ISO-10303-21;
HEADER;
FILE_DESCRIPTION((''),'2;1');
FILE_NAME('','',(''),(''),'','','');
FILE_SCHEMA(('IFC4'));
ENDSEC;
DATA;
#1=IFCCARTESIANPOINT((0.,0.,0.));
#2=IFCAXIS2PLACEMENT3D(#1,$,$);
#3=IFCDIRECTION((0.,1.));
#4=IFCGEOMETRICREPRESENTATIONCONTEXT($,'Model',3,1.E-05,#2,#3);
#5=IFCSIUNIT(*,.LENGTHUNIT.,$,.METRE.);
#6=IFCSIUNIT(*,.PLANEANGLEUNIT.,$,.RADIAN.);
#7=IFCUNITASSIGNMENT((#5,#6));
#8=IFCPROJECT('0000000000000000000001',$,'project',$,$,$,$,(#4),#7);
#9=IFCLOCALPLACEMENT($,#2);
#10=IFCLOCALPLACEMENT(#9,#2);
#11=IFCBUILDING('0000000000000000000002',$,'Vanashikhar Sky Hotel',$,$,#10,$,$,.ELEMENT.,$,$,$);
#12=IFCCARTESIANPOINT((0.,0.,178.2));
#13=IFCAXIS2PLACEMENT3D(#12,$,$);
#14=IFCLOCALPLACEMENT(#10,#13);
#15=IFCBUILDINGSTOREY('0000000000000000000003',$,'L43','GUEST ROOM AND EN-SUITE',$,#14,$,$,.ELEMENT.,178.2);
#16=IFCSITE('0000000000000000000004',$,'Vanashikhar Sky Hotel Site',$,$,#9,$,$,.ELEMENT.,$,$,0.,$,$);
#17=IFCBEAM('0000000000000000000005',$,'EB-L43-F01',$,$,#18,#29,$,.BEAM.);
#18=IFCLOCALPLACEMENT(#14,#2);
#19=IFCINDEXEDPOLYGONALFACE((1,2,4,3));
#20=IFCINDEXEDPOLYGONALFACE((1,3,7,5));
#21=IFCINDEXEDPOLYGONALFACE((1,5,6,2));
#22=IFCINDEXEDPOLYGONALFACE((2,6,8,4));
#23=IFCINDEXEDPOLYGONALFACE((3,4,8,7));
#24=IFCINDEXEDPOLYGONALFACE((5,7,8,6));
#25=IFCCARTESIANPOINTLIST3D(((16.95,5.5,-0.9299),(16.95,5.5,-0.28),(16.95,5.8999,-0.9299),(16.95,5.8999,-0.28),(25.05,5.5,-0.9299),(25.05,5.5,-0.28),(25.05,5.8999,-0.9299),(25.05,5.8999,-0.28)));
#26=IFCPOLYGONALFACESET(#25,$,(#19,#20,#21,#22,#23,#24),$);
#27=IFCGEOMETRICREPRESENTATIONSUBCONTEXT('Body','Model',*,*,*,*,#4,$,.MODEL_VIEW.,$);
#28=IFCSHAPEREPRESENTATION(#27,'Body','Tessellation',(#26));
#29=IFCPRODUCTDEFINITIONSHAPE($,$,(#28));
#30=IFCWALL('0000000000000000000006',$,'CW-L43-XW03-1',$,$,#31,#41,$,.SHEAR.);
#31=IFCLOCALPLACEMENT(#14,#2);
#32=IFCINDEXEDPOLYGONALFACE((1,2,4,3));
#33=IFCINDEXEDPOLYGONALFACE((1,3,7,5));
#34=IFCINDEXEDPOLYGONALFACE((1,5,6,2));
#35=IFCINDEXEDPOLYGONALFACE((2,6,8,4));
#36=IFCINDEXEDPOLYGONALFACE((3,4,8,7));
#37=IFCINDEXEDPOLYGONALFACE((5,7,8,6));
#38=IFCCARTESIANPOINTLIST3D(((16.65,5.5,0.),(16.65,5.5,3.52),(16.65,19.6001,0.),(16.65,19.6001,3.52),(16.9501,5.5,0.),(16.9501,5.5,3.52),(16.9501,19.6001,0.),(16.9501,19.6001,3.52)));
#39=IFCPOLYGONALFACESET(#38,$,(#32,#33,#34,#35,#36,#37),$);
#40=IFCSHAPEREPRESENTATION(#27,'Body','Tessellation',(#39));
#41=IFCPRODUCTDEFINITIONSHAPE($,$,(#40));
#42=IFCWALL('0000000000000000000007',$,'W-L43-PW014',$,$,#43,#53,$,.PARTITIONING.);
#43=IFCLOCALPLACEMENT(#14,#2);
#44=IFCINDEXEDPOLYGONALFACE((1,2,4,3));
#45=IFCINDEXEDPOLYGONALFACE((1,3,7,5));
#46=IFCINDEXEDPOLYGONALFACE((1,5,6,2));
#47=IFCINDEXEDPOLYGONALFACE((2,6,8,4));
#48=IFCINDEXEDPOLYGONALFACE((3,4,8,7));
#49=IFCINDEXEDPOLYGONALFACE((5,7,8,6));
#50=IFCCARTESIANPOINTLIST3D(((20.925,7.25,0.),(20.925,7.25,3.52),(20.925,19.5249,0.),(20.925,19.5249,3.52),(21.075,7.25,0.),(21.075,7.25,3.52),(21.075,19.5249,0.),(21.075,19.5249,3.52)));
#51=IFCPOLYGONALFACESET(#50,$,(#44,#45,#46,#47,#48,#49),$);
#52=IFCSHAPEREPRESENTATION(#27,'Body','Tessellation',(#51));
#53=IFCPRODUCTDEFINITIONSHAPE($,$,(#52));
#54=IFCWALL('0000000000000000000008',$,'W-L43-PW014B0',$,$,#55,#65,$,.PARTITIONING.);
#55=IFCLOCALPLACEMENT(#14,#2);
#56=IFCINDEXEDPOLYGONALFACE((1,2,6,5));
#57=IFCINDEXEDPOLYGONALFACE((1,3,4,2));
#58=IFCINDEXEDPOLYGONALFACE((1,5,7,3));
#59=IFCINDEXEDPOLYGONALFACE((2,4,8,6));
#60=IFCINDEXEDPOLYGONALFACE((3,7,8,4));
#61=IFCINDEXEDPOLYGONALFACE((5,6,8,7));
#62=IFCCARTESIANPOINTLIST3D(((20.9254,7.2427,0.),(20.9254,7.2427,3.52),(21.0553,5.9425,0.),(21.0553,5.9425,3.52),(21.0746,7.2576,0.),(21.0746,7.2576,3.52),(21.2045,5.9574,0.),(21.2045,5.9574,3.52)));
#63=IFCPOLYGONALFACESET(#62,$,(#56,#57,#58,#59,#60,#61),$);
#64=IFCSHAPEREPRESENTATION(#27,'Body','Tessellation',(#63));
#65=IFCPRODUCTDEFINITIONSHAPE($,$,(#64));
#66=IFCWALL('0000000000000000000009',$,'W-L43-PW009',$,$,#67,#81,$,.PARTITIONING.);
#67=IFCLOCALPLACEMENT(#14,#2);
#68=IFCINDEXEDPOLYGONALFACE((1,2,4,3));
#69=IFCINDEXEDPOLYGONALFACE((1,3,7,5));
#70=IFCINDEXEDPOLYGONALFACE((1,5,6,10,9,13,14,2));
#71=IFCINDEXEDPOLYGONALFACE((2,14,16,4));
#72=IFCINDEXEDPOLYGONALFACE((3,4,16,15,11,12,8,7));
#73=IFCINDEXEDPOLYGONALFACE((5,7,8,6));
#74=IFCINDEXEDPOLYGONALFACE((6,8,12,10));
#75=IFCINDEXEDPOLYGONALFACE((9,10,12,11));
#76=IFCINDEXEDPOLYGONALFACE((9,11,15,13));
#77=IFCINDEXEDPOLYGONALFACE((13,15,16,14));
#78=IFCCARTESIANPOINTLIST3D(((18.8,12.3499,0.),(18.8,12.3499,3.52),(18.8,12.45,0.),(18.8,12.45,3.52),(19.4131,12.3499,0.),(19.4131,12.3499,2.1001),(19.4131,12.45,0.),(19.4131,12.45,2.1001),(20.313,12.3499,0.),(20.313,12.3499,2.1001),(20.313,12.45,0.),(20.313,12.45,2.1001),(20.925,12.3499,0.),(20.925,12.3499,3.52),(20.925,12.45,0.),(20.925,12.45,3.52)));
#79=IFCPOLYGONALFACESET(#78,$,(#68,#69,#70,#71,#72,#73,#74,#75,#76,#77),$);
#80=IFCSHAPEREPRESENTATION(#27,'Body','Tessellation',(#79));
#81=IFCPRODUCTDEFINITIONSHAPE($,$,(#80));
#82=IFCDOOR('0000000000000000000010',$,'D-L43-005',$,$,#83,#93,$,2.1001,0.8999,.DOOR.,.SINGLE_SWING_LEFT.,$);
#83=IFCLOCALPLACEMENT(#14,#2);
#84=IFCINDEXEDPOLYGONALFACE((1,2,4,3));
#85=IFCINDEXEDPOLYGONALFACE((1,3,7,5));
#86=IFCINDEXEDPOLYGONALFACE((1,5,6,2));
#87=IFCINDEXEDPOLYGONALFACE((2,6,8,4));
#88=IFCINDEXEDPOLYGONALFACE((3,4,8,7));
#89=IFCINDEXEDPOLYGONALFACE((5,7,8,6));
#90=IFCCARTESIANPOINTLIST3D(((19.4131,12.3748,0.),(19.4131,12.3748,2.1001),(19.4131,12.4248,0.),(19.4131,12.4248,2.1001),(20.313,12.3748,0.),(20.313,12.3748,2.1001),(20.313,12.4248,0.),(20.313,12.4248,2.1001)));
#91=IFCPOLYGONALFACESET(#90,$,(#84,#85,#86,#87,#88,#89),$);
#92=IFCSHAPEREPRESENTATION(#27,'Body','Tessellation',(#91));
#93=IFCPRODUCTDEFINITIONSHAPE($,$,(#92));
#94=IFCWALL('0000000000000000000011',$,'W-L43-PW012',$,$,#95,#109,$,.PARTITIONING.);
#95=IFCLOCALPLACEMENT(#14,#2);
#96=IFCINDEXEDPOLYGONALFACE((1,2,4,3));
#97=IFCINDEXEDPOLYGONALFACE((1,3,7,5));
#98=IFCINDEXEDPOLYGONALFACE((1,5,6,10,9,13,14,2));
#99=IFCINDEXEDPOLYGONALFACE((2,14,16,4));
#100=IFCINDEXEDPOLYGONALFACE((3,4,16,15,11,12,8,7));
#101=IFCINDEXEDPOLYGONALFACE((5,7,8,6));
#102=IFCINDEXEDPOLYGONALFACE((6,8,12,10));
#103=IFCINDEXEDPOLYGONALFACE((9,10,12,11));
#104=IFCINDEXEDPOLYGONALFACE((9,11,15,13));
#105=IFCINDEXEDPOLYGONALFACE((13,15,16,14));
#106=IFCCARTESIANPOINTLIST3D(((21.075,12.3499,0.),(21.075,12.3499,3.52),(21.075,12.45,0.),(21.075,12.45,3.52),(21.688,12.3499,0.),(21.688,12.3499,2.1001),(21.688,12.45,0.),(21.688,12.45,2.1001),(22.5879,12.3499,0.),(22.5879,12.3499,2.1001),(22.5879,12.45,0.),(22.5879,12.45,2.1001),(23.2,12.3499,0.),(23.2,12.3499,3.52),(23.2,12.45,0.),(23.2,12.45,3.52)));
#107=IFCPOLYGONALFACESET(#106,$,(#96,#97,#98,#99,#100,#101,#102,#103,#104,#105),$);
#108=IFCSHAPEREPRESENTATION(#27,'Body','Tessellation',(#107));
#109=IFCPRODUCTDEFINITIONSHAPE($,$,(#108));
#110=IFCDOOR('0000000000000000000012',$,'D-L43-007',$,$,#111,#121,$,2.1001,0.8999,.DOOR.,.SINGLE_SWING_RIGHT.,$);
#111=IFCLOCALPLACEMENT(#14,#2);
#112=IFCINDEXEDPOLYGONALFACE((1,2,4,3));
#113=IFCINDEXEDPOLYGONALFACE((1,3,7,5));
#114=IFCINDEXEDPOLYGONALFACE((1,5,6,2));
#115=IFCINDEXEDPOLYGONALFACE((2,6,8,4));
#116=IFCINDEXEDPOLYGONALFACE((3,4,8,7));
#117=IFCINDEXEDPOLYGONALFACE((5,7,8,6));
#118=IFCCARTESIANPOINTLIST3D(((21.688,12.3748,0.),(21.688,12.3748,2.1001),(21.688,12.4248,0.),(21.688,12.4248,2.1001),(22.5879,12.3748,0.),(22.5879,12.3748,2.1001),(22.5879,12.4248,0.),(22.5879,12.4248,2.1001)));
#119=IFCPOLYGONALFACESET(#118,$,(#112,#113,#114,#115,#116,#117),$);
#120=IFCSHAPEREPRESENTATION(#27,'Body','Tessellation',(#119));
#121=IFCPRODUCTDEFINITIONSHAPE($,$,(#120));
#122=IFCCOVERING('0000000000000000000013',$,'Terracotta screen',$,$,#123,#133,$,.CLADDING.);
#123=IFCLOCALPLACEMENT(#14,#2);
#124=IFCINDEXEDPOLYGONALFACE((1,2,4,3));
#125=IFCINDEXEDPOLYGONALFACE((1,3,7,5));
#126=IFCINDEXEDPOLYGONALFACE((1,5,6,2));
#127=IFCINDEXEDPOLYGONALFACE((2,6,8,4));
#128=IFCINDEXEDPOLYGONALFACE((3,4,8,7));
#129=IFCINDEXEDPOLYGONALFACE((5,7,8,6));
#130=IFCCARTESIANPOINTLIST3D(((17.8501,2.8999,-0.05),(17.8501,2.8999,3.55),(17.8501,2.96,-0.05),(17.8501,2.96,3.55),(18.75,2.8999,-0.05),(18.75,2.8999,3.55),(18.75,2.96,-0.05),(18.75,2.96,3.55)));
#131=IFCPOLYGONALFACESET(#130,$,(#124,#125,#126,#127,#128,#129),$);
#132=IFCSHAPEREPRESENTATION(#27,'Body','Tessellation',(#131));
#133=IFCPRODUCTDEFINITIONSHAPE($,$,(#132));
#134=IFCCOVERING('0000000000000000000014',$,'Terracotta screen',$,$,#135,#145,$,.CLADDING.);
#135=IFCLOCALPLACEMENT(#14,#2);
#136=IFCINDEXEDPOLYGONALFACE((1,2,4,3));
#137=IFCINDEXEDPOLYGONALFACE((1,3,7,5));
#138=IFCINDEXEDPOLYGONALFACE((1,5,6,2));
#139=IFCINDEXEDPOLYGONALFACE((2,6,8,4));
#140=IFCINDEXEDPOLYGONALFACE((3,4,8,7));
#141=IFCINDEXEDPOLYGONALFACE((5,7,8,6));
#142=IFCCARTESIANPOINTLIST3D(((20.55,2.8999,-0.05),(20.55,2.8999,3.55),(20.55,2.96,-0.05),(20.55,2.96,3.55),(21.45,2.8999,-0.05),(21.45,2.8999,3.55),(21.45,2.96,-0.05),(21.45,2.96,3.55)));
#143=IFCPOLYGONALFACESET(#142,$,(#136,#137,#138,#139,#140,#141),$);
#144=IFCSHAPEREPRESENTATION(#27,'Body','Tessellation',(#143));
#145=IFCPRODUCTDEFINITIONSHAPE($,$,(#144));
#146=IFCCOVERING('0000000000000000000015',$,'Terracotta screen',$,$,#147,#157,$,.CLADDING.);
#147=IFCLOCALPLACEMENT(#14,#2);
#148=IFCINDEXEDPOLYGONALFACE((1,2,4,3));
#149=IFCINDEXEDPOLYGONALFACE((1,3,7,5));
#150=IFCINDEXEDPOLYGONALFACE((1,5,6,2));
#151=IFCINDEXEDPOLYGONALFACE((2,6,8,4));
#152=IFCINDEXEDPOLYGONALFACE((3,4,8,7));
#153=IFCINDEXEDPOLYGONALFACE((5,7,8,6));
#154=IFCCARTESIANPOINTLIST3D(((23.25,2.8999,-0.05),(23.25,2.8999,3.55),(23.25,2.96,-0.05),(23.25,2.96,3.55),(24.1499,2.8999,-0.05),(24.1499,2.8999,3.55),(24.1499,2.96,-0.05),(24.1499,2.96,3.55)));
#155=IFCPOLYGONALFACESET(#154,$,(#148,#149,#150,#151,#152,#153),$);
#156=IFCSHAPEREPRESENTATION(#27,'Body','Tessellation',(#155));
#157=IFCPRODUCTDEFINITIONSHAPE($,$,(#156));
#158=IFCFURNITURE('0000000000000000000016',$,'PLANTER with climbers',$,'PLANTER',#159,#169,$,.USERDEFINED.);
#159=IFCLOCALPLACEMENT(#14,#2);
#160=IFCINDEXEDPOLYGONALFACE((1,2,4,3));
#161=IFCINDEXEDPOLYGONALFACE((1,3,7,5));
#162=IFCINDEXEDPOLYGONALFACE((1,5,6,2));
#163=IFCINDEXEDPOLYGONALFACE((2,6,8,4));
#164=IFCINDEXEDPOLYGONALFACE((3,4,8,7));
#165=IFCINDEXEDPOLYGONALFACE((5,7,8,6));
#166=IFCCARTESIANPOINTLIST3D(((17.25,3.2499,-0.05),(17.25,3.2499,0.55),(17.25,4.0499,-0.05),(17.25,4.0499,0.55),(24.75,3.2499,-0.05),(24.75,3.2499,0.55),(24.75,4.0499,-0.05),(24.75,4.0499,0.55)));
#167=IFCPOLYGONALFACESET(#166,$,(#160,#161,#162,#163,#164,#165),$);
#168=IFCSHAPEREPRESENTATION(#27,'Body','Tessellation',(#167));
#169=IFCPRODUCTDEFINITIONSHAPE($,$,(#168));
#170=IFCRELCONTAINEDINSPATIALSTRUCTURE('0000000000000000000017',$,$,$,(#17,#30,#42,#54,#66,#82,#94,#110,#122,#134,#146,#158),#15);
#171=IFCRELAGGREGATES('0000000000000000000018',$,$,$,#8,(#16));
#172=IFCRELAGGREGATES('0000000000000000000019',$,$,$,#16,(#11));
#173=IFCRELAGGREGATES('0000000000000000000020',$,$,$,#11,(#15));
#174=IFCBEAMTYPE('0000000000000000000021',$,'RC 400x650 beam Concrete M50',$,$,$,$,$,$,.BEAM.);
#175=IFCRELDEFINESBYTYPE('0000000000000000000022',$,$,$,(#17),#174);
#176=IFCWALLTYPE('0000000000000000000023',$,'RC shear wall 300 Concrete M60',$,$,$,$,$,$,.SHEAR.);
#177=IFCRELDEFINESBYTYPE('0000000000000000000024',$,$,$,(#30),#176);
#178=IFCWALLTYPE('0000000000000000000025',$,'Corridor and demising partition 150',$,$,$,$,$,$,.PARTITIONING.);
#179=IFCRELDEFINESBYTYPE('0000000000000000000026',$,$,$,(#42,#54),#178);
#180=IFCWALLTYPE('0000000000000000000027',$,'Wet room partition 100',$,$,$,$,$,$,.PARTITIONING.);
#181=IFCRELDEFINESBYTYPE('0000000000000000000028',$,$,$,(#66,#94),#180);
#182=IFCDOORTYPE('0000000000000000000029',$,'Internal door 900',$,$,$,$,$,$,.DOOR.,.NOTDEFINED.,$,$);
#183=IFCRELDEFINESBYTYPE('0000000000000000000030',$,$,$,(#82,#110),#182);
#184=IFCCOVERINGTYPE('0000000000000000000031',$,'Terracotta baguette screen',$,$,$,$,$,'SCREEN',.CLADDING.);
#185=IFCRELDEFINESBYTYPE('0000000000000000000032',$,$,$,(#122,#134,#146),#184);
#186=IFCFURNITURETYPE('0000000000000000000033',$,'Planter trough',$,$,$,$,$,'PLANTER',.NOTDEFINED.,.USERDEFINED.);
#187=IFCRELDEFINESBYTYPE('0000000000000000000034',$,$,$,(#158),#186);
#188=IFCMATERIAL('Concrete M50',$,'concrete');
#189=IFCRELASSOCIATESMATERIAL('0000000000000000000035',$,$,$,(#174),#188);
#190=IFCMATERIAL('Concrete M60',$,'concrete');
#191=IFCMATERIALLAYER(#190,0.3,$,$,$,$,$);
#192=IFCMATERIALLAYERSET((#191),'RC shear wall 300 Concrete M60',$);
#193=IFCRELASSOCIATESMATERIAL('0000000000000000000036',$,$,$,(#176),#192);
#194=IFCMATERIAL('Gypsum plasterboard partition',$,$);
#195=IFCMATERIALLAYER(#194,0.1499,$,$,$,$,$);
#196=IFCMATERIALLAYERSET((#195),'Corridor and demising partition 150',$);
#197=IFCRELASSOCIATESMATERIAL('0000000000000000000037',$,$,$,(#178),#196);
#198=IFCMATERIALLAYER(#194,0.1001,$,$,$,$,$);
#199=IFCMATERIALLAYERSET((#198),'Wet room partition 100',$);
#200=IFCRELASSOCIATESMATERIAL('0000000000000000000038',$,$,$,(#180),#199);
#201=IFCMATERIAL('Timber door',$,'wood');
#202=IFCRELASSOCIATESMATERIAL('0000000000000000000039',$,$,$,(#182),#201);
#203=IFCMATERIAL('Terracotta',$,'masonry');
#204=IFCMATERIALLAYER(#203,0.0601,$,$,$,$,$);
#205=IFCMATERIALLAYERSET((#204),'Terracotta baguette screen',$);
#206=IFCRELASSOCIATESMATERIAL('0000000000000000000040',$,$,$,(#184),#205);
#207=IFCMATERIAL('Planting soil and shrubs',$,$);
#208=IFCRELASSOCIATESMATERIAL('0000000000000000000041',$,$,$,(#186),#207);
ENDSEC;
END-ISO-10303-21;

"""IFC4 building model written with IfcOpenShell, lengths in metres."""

from ifc_helpers import new_model, si_unit, direction, frame, frame_2d, origin, origin_2d, place, context, subcontext, project, spatial, rectangle, extrude, source, transform, mapped, material, layer, layer_set, material_profile, profile_set, type_object, element, fill, save


model = new_model("IFC4")

# Units and contexts
model_context = context("Model", 3, precision=1e-05, world=origin(), true_north=direction((0.0, 1.0)))
body_context = subcontext(model_context, "Body", "Model", "MODEL_VIEW")
ifc_project = project(units=[si_unit("LENGTHUNIT", "METRE"), si_unit("PLANEANGLEUNIT", "RADIAN")], contexts=[model_context])

# Site, building, storey
site_placement = place(None, origin())
site = spatial("IfcSite", under=ifc_project, at=site_placement, Name="Vanashikhar Sky Hotel Site", CompositionType="ELEMENT", RefElevation=0.0)
building_placement = place(site_placement, origin())
building = spatial("IfcBuilding", under=site, at=building_placement, Name="Vanashikhar Sky Hotel", CompositionType="ELEMENT")
storey_placement = place(building_placement, frame((0.0, 0.0, 178.2)))
storey = spatial("IfcBuildingStorey", under=building, at=storey_placement, Name="L43", Description="GUEST ROOM AND EN-SUITE", CompositionType="ELEMENT", Elevation=178.2)

# Beam
ifc_material_1 = material(Name="Concrete M50", Category="concrete")
ifc_material_profile = material_profile(ifc_material_1, rectangle(XDim=0.3999, YDim=0.6499, at=origin_2d()))
ifc_profile_set = profile_set([ifc_material_profile], Name="RC 400x650 beam Concrete M50")
beam_type = type_object("IfcBeamType", Name="RC 400x650 beam Concrete M50", PredefinedType="BEAM", material=ifc_profile_set)
shared_shape_1 = source(origin(), body_context, "Body", "SweptSolid", [
    extrude(rectangle(XDim=0.3999, YDim=0.6499, at=origin_2d()), origin(), (0.0, 0.0, 1.0), 8.1001),
])
beam_placement = place(storey_placement, frame((16.95, 5.7, -0.605), z_axis=(1.0, 0.0, 0.0), x_axis=(0.0, 1.0, 0.0)))
element("IfcBeam", 1, at=beam_placement, inside=storey, type_object=beam_type, Name="EB-L43-F01", PredefinedType="BEAM", context=body_context, shape_type="MappedRepresentation", body=[
    mapped(shared_shape_1, transform((0.0, 0.0, 0.0), scale=1.0)),
])

# Wall
ifc_material_2 = material(Name="Concrete M60", Category="concrete")
ifc_layer_1 = layer(ifc_material_2, 0.3)
ifc_layer_set_1 = layer_set([ifc_layer_1], Name="RC shear wall 300 Concrete M60")
wall_type_1 = type_object("IfcWallType", Name="RC shear wall 300 Concrete M60", PredefinedType="SHEAR", material=ifc_layer_set_1)
shared_shape_2 = source(origin(), body_context, "Body", "SweptSolid", [
    extrude(rectangle(XDim=14.1001, YDim=0.3, at=frame_2d((7.05, 0.0))), origin(), (0.0, 0.0, 1.0), 3.52),
])
wall_1_placement = place(storey_placement, frame((16.8, 5.5, 0.0), z_axis=(0.0, 0.0, 1.0), x_axis=(0.0, 1.0, 0.0)))
element("IfcWall", 2, at=wall_1_placement, inside=storey, type_object=wall_type_1, Name="CW-L43-XW03-1", PredefinedType="SHEAR", context=body_context, shape_type="MappedRepresentation", body=[
    mapped(shared_shape_2, transform((0.0, 0.0, 0.0), scale=1.0)),
])

# Walls
ifc_material_3 = material(Name="Gypsum plasterboard partition")
ifc_layer_2 = layer(ifc_material_3, 0.1499)
ifc_layer_set_2 = layer_set([ifc_layer_2], Name="Corridor and demising partition 150")
wall_type_2 = type_object("IfcWallType", Name="Corridor and demising partition 150", PredefinedType="PARTITIONING", material=ifc_layer_set_2)
shared_shape_3 = source(origin(), body_context, "Body", "SweptSolid", [
    extrude(rectangle(XDim=12.2749, YDim=0.1499, at=frame_2d((6.1375, 0.0))), origin(), (0.0, 0.0, 1.0), 3.52),
])
wall_2_placement = place(storey_placement, frame((21.0, 7.25, 0.0), z_axis=(0.0, 0.0, 1.0), x_axis=(0.0, 1.0, 0.0)))
element("IfcWall", 3, at=wall_2_placement, inside=storey, type_object=wall_type_2, Name="W-L43-PW014", PredefinedType="PARTITIONING", context=body_context, shape_type="MappedRepresentation", body=[
    mapped(shared_shape_3, transform((0.0, 0.0, 0.0), scale=1.0)),
])
shared_shape_4 = source(origin(), body_context, "Body", "SweptSolid", [
    extrude(rectangle(XDim=1.3066, YDim=0.1499, at=frame_2d((0.6533, 0.0))), origin(), (0.0, 0.0, 1.0), 3.52),
])
wall_3_placement = place(storey_placement, frame((21.1299, 5.95, 0.0), z_axis=(0.0, 0.0, 1.0), x_axis=(-0.099411, 0.995046, 0.0)))
element("IfcWall", 4, at=wall_3_placement, inside=storey, type_object=wall_type_2, Name="W-L43-PW014B0", PredefinedType="PARTITIONING", context=body_context, shape_type="MappedRepresentation", body=[
    mapped(shared_shape_4, transform((0.0, 0.0, 0.0), scale=1.0)),
])

# Walls, openings, doors
ifc_layer_3 = layer(ifc_material_3, 0.1001)
ifc_layer_set_3 = layer_set([ifc_layer_3], Name="Wet room partition 100")
wall_type_3 = type_object("IfcWallType", Name="Wet room partition 100", PredefinedType="PARTITIONING", material=ifc_layer_set_3)
shared_shape_5 = source(origin(), body_context, "Body", "SweptSolid", [
    extrude(rectangle(XDim=2.125, YDim=0.1001, at=frame_2d((1.0625, 0.0))), origin(), (0.0, 0.0, 1.0), 3.52),
])
wall_4_placement = place(storey_placement, frame((18.8, 12.3999, 0.0), z_axis=(0.0, 0.0, 1.0), x_axis=(1.0, 0.0, 0.0)))
wall_4 = element("IfcWall", 5, at=wall_4_placement, inside=storey, type_object=wall_type_3, Name="W-L43-PW009", PredefinedType="PARTITIONING", context=body_context, shape_type="MappedRepresentation", body=[
    mapped(shared_shape_5, transform((0.0, 0.0, 0.0), scale=1.0)),
])
shared_shape_6 = source(origin(), body_context, "Body", "SweptSolid", [
    extrude(rectangle(XDim=0.8999, YDim=2.1001, at=frame_2d((0.45, 1.05))), frame((0.0, 0.0601, 0.0), z_axis=(0.0, -1.0, 0.0), x_axis=(1.0, 0.0, 0.0)), (0.0, 0.0, 1.0), 0.1201),
])
opening_1_placement = place(wall_4_placement, frame((0.613, 0.0, 0.0)))
opening_1 = element("IfcOpeningElement", 6, at=opening_1_placement, cuts=wall_4, PredefinedType="OPENING", context=body_context, shape_type="MappedRepresentation", body=[
    mapped(shared_shape_6, transform((0.0, 0.0, 0.0), scale=1.0)),
])
ifc_material_4 = material(Name="Timber door", Category="wood")
door_type_1 = type_object("IfcDoorType", Name="Internal door 900", OperationType="NOTDEFINED", PredefinedType="DOOR", material=ifc_material_4)
shared_shape_7 = source(origin(), body_context, "Body", "SweptSolid", [
    extrude(rectangle(XDim=0.8999, YDim=2.1001, at=frame_2d((0.45, 1.05))), frame((0.0, 0.0249, 0.0), z_axis=(0.0, -1.0, 0.0), x_axis=(1.0, 0.0, 0.0)), (0.0, 0.0, 1.0), 0.05),
])
door_1_placement = place(opening_1_placement, origin())
door_1 = element("IfcDoor", 7, at=door_1_placement, inside=storey, type_object=door_type_1, Name="D-L43-005", OperationType="SINGLE_SWING_LEFT", OverallHeight=2.1001, OverallWidth=0.8999, PredefinedType="DOOR", context=body_context, shape_type="MappedRepresentation", body=[
    mapped(shared_shape_7, transform((0.0, 0.0, 0.0), scale=1.0)),
])
fill(opening_1, door_1)
wall_5_placement = place(storey_placement, frame((21.075, 12.3999, 0.0), z_axis=(0.0, 0.0, 1.0), x_axis=(1.0, 0.0, 0.0)))
wall_5 = element("IfcWall", 8, at=wall_5_placement, inside=storey, type_object=wall_type_3, Name="W-L43-PW012", PredefinedType="PARTITIONING", context=body_context, shape_type="MappedRepresentation", body=[
    mapped(shared_shape_5, transform((0.0, 0.0, 0.0), scale=1.0)),
])
opening_2_placement = place(wall_5_placement, frame((0.613, 0.0, 0.0)))
opening_2 = element("IfcOpeningElement", 9, at=opening_2_placement, cuts=wall_5, PredefinedType="OPENING", context=body_context, shape_type="MappedRepresentation", body=[
    mapped(shared_shape_6, transform((0.0, 0.0, 0.0), scale=1.0)),
])
door_2_placement = place(opening_2_placement, origin())
door_2 = element("IfcDoor", 10, at=door_2_placement, inside=storey, type_object=door_type_1, Name="D-L43-007", OperationType="SINGLE_SWING_RIGHT", OverallHeight=2.1001, OverallWidth=0.8999, PredefinedType="DOOR", context=body_context, shape_type="MappedRepresentation", body=[
    mapped(shared_shape_7, transform((0.0, 0.0, 0.0), scale=1.0)),
])
fill(opening_2, door_2)

# Coverings
ifc_material_5 = material(Name="Terracotta", Category="masonry")
ifc_layer_4 = layer(ifc_material_5, 0.0601)
ifc_layer_set_4 = layer_set([ifc_layer_4], Name="Terracotta baguette screen")
covering_type = type_object("IfcCoveringType", Name="Terracotta baguette screen", ElementType="SCREEN", PredefinedType="CLADDING", material=ifc_layer_set_4)
shared_shape_8 = source(origin(), body_context, "Body", "SweptSolid", [
    extrude(rectangle(XDim=0.8999, YDim=0.0601, at=origin_2d()), origin(), (0.0, 0.0, 1.0), 3.6001),
])
for number, where, z_axis, x_axis, name in (
    (11, (18.3, 2.9299, -0.05), (0.0, 0.0, 1.0), (1.0, 0.0, 0.0), "Terracotta screen"),
    (12, (21.0, 2.9299, -0.05), (0.0, 0.0, 1.0), (1.0, 0.0, 0.0), "Terracotta screen"),
    (13, (23.7, 2.9299, -0.05), (0.0, 0.0, 1.0), (1.0, 0.0, 0.0), "Terracotta screen"),
):
    element("IfcCovering", number, at=place(storey_placement, frame(where, z_axis=z_axis, x_axis=x_axis)), inside=storey, type_object=covering_type, Name=name, PredefinedType="CLADDING", context=body_context, shape_type="MappedRepresentation", body=[
        mapped(shared_shape_8, transform((0.0, 0.0, 0.0), scale=1.0)),
    ])

# Furniture
ifc_material_6 = material(Name="Planting soil and shrubs")
furniture_type = type_object("IfcFurnitureType", Name="Planter trough", ElementType="PLANTER", AssemblyPlace="NOTDEFINED", PredefinedType="USERDEFINED", material=ifc_material_6)
shared_shape_9 = source(origin(), body_context, "Body", "SweptSolid", [
    extrude(rectangle(XDim=7.5, YDim=0.8, at=origin_2d()), origin(), (0.0, 0.0, 1.0), 0.6001),
])
furniture_placement = place(storey_placement, frame((21.0, 3.6499, -0.05), z_axis=(0.0, 0.0, 1.0), x_axis=(1.0, 0.0, 0.0)))
element("IfcFurniture", 14, at=furniture_placement, inside=storey, type_object=furniture_type, Name="PLANTER with climbers", ObjectType="PLANTER", PredefinedType="USERDEFINED", context=body_context, shape_type="MappedRepresentation", body=[
    mapped(shared_shape_9, transform((0.0, 0.0, 0.0), scale=1.0)),
])

save(model, "model.ifc")
